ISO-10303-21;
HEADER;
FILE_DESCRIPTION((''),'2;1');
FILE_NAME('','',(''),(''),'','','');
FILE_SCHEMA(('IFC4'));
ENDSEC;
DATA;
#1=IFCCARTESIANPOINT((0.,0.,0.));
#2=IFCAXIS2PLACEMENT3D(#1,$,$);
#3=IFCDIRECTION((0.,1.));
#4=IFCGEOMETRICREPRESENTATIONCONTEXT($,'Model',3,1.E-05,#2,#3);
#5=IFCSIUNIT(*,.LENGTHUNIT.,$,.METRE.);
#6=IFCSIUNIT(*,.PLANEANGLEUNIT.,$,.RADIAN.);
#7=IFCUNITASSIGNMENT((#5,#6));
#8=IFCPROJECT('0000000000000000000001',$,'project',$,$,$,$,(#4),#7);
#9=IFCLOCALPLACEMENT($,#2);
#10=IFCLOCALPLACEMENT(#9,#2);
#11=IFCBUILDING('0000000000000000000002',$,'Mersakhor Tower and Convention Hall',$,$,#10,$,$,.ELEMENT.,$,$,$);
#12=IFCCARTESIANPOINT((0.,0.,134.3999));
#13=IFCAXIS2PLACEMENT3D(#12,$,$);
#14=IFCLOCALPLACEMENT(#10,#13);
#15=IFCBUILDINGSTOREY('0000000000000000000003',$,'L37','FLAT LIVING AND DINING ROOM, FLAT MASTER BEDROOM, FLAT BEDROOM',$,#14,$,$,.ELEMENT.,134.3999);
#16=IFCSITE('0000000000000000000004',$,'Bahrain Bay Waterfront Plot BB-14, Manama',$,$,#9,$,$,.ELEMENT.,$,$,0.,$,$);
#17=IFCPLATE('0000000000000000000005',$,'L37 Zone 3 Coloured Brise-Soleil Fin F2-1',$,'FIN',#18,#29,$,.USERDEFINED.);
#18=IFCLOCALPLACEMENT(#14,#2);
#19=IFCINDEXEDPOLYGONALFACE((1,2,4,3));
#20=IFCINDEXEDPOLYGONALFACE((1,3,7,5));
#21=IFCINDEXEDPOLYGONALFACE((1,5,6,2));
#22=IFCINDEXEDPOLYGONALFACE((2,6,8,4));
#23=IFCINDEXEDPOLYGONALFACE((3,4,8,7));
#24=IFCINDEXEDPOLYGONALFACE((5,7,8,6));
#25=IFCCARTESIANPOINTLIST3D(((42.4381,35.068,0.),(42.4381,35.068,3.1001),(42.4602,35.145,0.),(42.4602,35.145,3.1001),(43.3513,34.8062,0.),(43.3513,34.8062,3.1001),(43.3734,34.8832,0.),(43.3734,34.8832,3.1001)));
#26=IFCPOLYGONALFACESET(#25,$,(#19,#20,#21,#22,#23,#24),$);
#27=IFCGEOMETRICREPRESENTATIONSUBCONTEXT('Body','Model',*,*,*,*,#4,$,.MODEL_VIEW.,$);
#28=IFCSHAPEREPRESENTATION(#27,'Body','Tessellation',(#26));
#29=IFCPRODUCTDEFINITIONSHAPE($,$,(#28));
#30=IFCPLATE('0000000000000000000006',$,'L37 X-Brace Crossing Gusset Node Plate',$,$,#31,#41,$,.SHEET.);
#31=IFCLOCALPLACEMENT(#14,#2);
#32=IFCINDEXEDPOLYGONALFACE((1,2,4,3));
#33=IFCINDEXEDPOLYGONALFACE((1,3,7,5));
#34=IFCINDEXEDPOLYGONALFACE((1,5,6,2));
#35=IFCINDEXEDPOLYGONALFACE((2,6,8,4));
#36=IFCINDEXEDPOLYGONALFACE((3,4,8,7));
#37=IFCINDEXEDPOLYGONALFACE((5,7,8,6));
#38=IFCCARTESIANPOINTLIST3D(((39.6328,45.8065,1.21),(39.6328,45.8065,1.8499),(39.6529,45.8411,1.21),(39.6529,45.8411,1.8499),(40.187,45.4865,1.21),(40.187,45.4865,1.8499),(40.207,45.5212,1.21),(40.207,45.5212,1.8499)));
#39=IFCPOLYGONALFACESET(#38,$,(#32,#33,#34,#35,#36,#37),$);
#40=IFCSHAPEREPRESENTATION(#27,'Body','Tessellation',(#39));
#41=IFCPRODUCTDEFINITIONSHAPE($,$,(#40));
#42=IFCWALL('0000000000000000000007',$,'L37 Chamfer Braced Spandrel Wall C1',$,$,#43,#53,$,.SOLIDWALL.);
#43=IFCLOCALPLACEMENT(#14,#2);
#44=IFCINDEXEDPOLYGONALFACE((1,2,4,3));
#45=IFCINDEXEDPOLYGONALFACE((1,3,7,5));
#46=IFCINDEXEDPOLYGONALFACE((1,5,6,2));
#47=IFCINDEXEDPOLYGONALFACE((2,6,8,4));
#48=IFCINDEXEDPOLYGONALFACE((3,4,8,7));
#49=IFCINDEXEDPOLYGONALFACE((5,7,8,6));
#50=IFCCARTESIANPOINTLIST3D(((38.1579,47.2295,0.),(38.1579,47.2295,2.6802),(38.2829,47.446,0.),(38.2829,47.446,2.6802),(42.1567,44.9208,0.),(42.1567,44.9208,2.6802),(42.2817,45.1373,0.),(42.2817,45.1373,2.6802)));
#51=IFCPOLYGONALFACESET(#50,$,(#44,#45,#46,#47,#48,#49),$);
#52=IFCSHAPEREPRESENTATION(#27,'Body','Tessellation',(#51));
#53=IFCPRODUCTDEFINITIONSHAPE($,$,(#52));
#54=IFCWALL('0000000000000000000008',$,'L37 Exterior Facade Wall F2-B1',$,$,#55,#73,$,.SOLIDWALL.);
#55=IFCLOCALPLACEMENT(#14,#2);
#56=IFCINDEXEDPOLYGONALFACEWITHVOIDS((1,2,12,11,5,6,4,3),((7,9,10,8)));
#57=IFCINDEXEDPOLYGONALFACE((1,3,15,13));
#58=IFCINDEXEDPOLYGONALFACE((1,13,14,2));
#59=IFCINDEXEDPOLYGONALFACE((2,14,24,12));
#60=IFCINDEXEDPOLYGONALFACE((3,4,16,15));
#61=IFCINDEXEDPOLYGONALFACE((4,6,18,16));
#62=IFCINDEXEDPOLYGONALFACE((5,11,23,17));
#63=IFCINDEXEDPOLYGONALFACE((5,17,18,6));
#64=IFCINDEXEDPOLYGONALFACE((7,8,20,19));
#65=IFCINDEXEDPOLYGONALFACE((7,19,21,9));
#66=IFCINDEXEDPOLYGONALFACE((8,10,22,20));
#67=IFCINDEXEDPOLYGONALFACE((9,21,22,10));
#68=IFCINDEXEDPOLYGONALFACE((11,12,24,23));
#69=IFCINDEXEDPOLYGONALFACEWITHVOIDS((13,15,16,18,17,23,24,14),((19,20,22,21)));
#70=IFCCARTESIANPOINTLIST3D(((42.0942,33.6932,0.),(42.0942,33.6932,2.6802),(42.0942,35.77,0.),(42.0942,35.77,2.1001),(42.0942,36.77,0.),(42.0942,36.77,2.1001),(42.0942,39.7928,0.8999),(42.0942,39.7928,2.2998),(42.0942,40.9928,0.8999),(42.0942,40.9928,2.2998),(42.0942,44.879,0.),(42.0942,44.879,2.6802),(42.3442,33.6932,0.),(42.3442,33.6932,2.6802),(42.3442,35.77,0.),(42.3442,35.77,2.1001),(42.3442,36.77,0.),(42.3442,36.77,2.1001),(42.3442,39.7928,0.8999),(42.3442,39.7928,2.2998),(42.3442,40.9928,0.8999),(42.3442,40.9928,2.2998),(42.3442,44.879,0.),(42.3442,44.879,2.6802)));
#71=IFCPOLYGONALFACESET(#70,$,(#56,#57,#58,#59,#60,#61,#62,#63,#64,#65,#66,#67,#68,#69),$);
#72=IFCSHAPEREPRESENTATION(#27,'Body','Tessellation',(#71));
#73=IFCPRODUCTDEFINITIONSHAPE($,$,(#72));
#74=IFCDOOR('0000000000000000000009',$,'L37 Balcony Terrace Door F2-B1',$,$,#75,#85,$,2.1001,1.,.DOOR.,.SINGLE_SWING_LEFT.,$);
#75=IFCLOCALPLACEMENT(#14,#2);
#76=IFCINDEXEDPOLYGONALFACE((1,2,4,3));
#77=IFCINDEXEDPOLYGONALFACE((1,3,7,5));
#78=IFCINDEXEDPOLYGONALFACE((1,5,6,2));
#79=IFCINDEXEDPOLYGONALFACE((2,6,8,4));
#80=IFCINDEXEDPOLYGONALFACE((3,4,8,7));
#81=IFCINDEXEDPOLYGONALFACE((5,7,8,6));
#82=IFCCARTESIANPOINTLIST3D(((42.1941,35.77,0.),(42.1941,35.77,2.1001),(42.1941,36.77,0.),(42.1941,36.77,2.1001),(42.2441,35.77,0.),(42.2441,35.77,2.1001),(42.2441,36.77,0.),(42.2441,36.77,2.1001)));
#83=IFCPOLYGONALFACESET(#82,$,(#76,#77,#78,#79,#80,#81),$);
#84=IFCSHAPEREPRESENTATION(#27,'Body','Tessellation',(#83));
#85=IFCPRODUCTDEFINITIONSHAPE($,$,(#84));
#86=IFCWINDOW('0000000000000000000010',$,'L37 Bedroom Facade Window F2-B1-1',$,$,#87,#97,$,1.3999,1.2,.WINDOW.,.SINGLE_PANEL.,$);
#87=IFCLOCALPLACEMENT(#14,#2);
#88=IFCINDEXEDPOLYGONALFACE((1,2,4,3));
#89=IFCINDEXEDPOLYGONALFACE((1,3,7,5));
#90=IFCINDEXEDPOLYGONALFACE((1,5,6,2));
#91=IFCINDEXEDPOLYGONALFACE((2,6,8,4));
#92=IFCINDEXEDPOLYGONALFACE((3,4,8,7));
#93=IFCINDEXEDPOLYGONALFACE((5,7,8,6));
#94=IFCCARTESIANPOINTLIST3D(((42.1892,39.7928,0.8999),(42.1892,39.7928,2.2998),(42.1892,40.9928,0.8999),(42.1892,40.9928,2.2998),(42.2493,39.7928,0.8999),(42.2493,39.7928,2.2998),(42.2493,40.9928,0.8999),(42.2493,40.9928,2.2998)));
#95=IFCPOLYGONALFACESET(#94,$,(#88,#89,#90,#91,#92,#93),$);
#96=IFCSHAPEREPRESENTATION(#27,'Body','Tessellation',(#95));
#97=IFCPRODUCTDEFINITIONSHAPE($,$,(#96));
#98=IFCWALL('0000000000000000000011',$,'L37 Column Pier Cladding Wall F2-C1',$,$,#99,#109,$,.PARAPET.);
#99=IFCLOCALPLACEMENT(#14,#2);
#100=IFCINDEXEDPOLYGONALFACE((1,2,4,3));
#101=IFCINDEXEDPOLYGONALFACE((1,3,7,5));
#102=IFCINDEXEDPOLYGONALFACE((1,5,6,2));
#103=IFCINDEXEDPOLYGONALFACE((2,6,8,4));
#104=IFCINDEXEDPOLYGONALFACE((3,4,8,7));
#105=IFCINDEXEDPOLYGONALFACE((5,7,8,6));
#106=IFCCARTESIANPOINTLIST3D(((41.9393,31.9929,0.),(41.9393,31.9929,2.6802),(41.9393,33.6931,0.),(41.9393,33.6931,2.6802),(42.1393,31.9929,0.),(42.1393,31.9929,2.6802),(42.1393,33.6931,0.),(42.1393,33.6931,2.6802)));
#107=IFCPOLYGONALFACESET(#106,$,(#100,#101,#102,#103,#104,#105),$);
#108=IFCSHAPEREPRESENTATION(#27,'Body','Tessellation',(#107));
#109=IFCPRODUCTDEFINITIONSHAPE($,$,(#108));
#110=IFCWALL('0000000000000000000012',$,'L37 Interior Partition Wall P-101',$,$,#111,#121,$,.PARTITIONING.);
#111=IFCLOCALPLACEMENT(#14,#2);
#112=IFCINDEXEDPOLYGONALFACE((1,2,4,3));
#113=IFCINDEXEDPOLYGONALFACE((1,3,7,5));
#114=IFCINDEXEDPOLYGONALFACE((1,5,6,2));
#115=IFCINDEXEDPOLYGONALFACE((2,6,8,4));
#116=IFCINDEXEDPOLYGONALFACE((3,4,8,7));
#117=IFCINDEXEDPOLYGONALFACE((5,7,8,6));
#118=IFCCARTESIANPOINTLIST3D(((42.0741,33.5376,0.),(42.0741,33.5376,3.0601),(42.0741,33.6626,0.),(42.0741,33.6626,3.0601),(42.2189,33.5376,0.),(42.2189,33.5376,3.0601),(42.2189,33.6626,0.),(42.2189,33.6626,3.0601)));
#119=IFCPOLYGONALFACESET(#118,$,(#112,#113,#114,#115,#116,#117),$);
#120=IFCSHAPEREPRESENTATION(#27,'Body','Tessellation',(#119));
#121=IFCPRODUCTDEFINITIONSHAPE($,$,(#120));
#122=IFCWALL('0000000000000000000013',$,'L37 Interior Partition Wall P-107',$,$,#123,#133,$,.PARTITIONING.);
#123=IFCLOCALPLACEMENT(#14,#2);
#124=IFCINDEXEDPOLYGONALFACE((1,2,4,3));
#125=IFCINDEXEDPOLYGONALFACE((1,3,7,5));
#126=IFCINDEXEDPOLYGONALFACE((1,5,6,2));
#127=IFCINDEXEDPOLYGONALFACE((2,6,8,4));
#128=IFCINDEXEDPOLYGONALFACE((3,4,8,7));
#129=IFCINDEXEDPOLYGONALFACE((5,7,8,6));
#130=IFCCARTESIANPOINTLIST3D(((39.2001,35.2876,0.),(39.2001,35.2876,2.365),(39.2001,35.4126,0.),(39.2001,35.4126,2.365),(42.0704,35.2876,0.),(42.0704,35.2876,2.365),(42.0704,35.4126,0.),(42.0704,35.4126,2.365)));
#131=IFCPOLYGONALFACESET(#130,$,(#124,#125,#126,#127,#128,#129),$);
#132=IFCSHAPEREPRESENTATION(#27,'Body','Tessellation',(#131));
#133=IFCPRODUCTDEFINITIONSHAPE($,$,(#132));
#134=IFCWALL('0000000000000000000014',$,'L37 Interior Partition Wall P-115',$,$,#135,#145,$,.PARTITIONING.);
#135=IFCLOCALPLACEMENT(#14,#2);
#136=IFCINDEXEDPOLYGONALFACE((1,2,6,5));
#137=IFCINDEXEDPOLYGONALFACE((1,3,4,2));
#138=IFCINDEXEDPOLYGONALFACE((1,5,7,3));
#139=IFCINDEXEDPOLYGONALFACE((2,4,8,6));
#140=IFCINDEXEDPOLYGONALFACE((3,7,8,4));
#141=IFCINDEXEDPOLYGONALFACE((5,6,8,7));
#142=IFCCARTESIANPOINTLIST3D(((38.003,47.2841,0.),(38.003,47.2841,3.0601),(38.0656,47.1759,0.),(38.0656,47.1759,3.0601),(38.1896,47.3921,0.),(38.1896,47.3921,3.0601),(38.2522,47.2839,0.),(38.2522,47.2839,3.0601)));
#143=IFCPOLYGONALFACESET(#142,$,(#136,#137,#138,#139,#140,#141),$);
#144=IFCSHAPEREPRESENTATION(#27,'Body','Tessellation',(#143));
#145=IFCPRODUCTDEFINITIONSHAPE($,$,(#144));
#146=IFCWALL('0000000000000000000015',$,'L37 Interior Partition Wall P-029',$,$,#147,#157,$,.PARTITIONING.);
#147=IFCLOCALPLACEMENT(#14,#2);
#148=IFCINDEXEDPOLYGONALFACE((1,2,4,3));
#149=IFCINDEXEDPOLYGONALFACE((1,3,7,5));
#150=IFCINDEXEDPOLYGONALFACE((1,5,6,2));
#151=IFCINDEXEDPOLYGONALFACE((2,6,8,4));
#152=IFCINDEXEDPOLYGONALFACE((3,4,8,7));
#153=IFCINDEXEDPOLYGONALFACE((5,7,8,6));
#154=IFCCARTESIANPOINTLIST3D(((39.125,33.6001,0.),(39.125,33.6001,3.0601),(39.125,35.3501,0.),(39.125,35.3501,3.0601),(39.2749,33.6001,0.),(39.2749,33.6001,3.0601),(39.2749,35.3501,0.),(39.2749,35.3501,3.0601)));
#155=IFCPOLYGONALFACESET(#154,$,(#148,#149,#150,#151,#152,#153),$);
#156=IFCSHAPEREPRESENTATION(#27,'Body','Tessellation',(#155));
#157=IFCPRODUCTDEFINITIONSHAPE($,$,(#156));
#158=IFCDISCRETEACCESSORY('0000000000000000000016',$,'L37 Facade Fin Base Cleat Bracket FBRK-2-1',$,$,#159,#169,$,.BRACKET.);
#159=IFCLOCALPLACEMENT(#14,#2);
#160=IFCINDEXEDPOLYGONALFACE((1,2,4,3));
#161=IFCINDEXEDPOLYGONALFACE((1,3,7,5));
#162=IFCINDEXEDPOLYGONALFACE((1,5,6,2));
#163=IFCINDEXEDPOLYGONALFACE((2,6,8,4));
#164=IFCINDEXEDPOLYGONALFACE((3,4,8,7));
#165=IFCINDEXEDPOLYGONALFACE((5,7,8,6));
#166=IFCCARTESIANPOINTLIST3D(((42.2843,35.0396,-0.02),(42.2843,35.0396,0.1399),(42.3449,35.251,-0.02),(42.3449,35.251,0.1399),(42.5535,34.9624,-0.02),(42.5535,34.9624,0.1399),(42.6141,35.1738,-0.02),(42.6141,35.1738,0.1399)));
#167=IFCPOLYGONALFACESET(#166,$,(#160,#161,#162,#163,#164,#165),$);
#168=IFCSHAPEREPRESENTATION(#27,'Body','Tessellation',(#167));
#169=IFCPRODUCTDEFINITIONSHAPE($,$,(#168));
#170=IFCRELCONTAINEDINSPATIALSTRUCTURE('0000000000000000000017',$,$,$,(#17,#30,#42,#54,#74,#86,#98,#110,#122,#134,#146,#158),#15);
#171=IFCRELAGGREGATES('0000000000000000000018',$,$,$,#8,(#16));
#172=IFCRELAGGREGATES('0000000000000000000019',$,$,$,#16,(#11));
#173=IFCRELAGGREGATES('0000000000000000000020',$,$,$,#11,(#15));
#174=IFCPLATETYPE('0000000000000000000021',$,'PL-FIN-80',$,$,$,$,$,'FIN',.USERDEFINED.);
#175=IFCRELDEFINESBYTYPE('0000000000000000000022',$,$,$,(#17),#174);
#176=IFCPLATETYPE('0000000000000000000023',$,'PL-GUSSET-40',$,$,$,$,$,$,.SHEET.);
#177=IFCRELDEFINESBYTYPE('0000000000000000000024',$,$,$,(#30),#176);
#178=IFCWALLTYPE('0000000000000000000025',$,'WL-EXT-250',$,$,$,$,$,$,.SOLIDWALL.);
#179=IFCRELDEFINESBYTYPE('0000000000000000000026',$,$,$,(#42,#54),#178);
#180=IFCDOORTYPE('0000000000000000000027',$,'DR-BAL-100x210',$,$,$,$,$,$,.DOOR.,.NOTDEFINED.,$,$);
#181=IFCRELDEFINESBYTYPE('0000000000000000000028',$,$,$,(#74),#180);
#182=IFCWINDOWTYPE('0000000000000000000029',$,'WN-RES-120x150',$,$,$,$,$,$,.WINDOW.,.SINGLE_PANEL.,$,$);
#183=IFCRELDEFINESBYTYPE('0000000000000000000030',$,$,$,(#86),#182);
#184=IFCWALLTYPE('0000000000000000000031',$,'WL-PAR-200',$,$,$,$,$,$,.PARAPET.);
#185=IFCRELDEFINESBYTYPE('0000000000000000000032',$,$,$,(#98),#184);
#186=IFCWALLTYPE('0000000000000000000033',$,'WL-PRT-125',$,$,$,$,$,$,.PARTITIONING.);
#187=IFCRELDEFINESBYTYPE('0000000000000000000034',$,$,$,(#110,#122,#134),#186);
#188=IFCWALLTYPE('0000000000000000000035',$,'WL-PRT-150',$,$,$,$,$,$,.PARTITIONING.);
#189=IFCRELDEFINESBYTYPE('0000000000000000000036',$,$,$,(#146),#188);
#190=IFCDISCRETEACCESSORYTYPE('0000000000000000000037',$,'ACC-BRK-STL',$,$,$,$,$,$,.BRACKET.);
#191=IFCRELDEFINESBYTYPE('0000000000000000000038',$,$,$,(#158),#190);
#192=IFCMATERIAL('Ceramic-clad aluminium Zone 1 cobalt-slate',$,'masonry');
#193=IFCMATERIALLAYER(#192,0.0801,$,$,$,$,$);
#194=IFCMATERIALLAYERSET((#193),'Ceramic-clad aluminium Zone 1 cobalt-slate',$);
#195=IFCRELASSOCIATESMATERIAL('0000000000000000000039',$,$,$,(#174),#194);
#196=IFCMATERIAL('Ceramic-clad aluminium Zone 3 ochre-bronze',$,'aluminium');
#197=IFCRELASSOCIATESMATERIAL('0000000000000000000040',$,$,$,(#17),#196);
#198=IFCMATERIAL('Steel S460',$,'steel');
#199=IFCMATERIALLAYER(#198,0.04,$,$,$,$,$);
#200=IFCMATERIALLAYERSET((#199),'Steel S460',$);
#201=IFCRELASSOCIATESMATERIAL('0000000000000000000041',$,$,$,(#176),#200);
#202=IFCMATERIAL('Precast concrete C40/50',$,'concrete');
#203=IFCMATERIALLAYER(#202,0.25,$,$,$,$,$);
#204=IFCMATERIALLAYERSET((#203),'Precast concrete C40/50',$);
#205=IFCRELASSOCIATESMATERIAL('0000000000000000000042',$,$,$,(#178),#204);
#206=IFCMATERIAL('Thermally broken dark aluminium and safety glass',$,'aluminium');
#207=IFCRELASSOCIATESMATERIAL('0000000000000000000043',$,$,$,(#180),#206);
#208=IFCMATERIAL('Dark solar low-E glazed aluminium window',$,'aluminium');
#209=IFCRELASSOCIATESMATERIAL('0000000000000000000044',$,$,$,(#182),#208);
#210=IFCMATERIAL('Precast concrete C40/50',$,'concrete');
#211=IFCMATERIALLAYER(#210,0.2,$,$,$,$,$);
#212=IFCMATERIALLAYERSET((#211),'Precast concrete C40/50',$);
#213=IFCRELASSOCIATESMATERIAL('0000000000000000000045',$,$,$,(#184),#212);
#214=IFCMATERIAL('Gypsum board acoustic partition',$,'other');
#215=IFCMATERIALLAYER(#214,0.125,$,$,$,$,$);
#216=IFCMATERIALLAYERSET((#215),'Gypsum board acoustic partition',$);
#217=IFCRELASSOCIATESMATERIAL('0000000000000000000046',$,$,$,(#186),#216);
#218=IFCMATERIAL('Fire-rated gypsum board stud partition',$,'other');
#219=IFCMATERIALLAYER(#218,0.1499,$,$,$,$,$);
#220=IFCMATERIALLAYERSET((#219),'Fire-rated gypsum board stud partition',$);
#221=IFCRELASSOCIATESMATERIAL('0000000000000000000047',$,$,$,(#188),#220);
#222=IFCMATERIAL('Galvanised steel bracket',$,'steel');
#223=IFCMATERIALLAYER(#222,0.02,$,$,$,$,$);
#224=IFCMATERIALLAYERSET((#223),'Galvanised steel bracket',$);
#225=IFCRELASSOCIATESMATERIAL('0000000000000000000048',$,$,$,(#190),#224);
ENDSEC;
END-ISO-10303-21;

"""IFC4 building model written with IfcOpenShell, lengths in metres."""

from ifc_helpers import new_model, si_unit, direction, frame, frame_2d, origin, origin_2d, place, context, subcontext, project, spatial, rectangle, extrude, material, layer, layer_set, type_object, element, fill, save


model = new_model("IFC4")

# Units and contexts
model_context = context("Model", 3, precision=1e-05, world=origin(), true_north=direction((0.0, 1.0)))
body_context = subcontext(model_context, "Body", "Model", "MODEL_VIEW")
ifc_project = project(units=[si_unit("LENGTHUNIT", "METRE"), si_unit("PLANEANGLEUNIT", "RADIAN")], contexts=[model_context])

# Site, building, storey
site_placement = place(None, origin())
site = spatial("IfcSite", under=ifc_project, at=site_placement, Name="Bahrain Bay Waterfront Plot BB-14, Manama", CompositionType="ELEMENT", RefElevation=0.0)
building_placement = place(site_placement, origin())
building = spatial("IfcBuilding", under=site, at=building_placement, Name="Mersakhor Tower and Convention Hall", CompositionType="ELEMENT")
storey_placement = place(building_placement, frame((0.0, 0.0, 134.3999)))
storey = spatial("IfcBuildingStorey", under=building, at=storey_placement, Name="L37", Description="FLAT LIVING AND DINING ROOM, FLAT MASTER BEDROOM, FLAT BEDROOM", CompositionType="ELEMENT", Elevation=134.3999)

# Plates
ifc_material_1 = material(Name="Ceramic-clad aluminium Zone 3 ochre-bronze", Category="aluminium")
ifc_material_2 = material(Name="Ceramic-clad aluminium Zone 1 cobalt-slate", Category="masonry")
ifc_layer_1 = layer(ifc_material_2, 0.0801)
ifc_layer_set_1 = layer_set([ifc_layer_1], Name="Ceramic-clad aluminium Zone 1 cobalt-slate")
plate_type_1 = type_object("IfcPlateType", Name="PL-FIN-80", ElementType="FIN", PredefinedType="USERDEFINED", material=ifc_layer_set_1)
plate_1_placement = place(storey_placement, frame((42.9058, 34.9756, 0.0), z_axis=(0.0, 0.0, 1.0), x_axis=(0.961262, -0.275637, 0.0)))
element("IfcPlate", 1, at=plate_1_placement, inside=storey, type_object=plate_type_1, material=ifc_material_1, Name="L37 Zone 3 Coloured Brise-Soleil Fin F2-1", ObjectType="FIN", PredefinedType="USERDEFINED", context=body_context, shape_type="SweptSolid", body=[
    extrude(rectangle(XDim=0.95, YDim=0.0801, at=origin_2d()), origin(), (0.0, 0.0, 1.0), 3.1001),
])
ifc_material_3 = material(Name="Steel S460", Category="steel")
ifc_layer_2 = layer(ifc_material_3, 0.04)
ifc_layer_set_2 = layer_set([ifc_layer_2], Name="Steel S460")
plate_type_2 = type_object("IfcPlateType", Name="PL-GUSSET-40", PredefinedType="SHEET", material=ifc_layer_set_2)
plate_2_placement = place(storey_placement, frame((39.9199, 45.6638, 1.21), z_axis=(0.0, 0.0, 1.0), x_axis=(-0.866025, 0.5, 0.0)))
element("IfcPlate", 2, at=plate_2_placement, inside=storey, type_object=plate_type_2, Name="L37 X-Brace Crossing Gusset Node Plate", PredefinedType="SHEET", context=body_context, shape_type="SweptSolid", body=[
    extrude(rectangle(XDim=0.6399, YDim=0.04, at=origin_2d()), origin(), (0.0, 0.0, 1.0), 0.6399),
])

# Wall
ifc_material_4 = material(Name="Precast concrete C40/50", Category="concrete")
ifc_layer_3 = layer(ifc_material_4, 0.25)
ifc_layer_set_3 = layer_set([ifc_layer_3], Name="Precast concrete C40/50")
wall_type_1 = type_object("IfcWallType", Name="WL-EXT-250", PredefinedType="SOLIDWALL", material=ifc_layer_set_3)
wall_1_placement = place(storey_placement, frame((38.2205, 47.3376, 0.0), z_axis=(0.0, 0.0, 1.0), x_axis=(0.866035, -0.499983, 0.0)))
element("IfcWall", 3, at=wall_1_placement, inside=storey, type_object=wall_type_1, Name="L37 Chamfer Braced Spandrel Wall C1", PredefinedType="SOLIDWALL", context=body_context, shape_type="SweptSolid", body=[
    extrude(rectangle(XDim=4.6174, YDim=0.25, at=frame_2d((2.3086, 0.0))), origin(), (0.0, 0.0, 1.0), 2.6802),
])

# Wall, openings, door, window
wall_2_placement = place(storey_placement, frame((42.2192, 44.8789, 0.0), z_axis=(0.0, 0.0, 1.0), x_axis=(0.0, -1.0, 0.0)))
wall_2 = element("IfcWall", 4, at=wall_2_placement, inside=storey, type_object=wall_type_1, Name="L37 Exterior Facade Wall F2-B1", PredefinedType="SOLIDWALL", context=body_context, shape_type="SweptSolid", body=[
    extrude(rectangle(XDim=11.1858, YDim=0.25, at=frame_2d((5.5928, 0.0))), origin(), (0.0, 0.0, 1.0), 2.6802),
])
opening_1_placement = place(wall_2_placement, frame((8.1089, 0.0, 0.0)))
opening_1 = element("IfcOpeningElement", 5, at=opening_1_placement, cuts=wall_2, PredefinedType="OPENING", context=body_context, shape_type="SweptSolid", body=[
    extrude(rectangle(XDim=1.0, YDim=2.1001, at=frame_2d((0.5, 1.05))), frame((0.0, 0.135, 0.0), z_axis=(0.0, -1.0, 0.0), x_axis=(1.0, 0.0, 0.0)), (0.0, 0.0, 1.0), 0.27),
])
opening_2_placement = place(wall_2_placement, frame((3.886, 0.0, 0.8999)))
opening_2 = element("IfcOpeningElement", 6, at=opening_2_placement, cuts=wall_2, PredefinedType="OPENING", context=body_context, shape_type="SweptSolid", body=[
    extrude(rectangle(XDim=1.2, YDim=1.3999, at=frame_2d((0.6001, 0.7))), frame((0.0, 0.135, 0.0), z_axis=(0.0, -1.0, 0.0), x_axis=(1.0, 0.0, 0.0)), (0.0, 0.0, 1.0), 0.27),
])
ifc_material_5 = material(Name="Thermally broken dark aluminium and safety glass", Category="aluminium")
door_type = type_object("IfcDoorType", Name="DR-BAL-100x210", OperationType="NOTDEFINED", PredefinedType="DOOR", material=ifc_material_5)
door_placement = place(opening_1_placement, origin())
door = element("IfcDoor", 7, at=door_placement, inside=storey, type_object=door_type, Name="L37 Balcony Terrace Door F2-B1", OperationType="SINGLE_SWING_LEFT", OverallHeight=2.1001, OverallWidth=1.0, PredefinedType="DOOR", context=body_context, shape_type="SweptSolid", body=[
    extrude(rectangle(XDim=1.0, YDim=2.1001, at=frame_2d((0.5, 1.05))), frame((0.0, 0.0249, 0.0), z_axis=(0.0, -1.0, 0.0), x_axis=(1.0, 0.0, 0.0)), (0.0, 0.0, 1.0), 0.05),
])
fill(opening_1, door)
ifc_material_6 = material(Name="Dark solar low-E glazed aluminium window", Category="aluminium")
window_type = type_object("IfcWindowType", Name="WN-RES-120x150", PartitioningType="SINGLE_PANEL", PredefinedType="WINDOW", material=ifc_material_6)
window_placement = place(opening_2_placement, origin())
window = element("IfcWindow", 8, at=window_placement, inside=storey, type_object=window_type, Name="L37 Bedroom Facade Window F2-B1-1", OverallHeight=1.3999, OverallWidth=1.2, PartitioningType="SINGLE_PANEL", PredefinedType="WINDOW", context=body_context, shape_type="SweptSolid", body=[
    extrude(rectangle(XDim=1.2, YDim=1.3999, at=frame_2d((0.6001, 0.7))), frame((0.0, 0.03, 0.0), z_axis=(0.0, -1.0, 0.0), x_axis=(1.0, 0.0, 0.0)), (0.0, 0.0, 1.0), 0.0601),
])
fill(opening_2, window)

# Walls
ifc_material_7 = material(Name="Precast concrete C40/50", Category="concrete")
ifc_layer_4 = layer(ifc_material_7, 0.2)
ifc_layer_set_4 = layer_set([ifc_layer_4], Name="Precast concrete C40/50")
wall_type_2 = type_object("IfcWallType", Name="WL-PAR-200", PredefinedType="PARAPET", material=ifc_layer_set_4)
wall_3_placement = place(storey_placement, frame((42.0393, 33.6931, 0.0), z_axis=(0.0, 0.0, 1.0), x_axis=(0.0, -1.0, 0.0)))
element("IfcWall", 9, at=wall_3_placement, inside=storey, type_object=wall_type_2, Name="L37 Column Pier Cladding Wall F2-C1", PredefinedType="PARAPET", context=body_context, shape_type="SweptSolid", body=[
    extrude(rectangle(XDim=1.7002, YDim=0.2, at=frame_2d((0.8501, 0.0))), origin(), (0.0, 0.0, 1.0), 2.6802),
])
ifc_material_8 = material(Name="Gypsum board acoustic partition", Category="other")
ifc_layer_5 = layer(ifc_material_8, 0.125)
ifc_layer_set_5 = layer_set([ifc_layer_5], Name="Gypsum board acoustic partition")
wall_type_3 = type_object("IfcWallType", Name="WL-PRT-125", PredefinedType="PARTITIONING", material=ifc_layer_set_5)
wall_4_placement = place(storey_placement, frame((42.0742, 33.6001, 0.0), z_axis=(0.0, 0.0, 1.0), x_axis=(1.0, 0.0, 0.0)))
element("IfcWall", 10, at=wall_4_placement, inside=storey, type_object=wall_type_3, Name="L37 Interior Partition Wall P-101", PredefinedType="PARTITIONING", context=body_context, shape_type="SweptSolid", body=[
    extrude(rectangle(XDim=0.1448, YDim=0.125, at=frame_2d((0.0723, 0.0))), origin(), (0.0, 0.0, 1.0), 3.0601),
])
wall_5_placement = place(storey_placement, frame((42.0703, 35.3501, 0.0), z_axis=(0.0, 0.0, 1.0), x_axis=(-1.0, 0.0, 0.0)))
element("IfcWall", 11, at=wall_5_placement, inside=storey, type_object=wall_type_3, Name="L37 Interior Partition Wall P-107", PredefinedType="PARTITIONING", context=body_context, shape_type="SweptSolid", body=[
    extrude(rectangle(XDim=2.8704, YDim=0.125, at=frame_2d((1.4351, 0.0))), origin(), (0.0, 0.0, 1.0), 2.365),
])
wall_6_placement = place(storey_placement, frame((38.0342, 47.23, 0.0), z_axis=(0.0, 0.0, 1.0), x_axis=(0.865581, 0.500768, 0.0)))
element("IfcWall", 12, at=wall_6_placement, inside=storey, type_object=wall_type_3, Name="L37 Interior Partition Wall P-115", PredefinedType="PARTITIONING", context=body_context, shape_type="SweptSolid", body=[
    extrude(rectangle(XDim=0.2156, YDim=0.125, at=frame_2d((0.1079, 0.0))), origin(), (0.0, 0.0, 1.0), 3.0601),
])
ifc_material_9 = material(Name="Fire-rated gypsum board stud partition", Category="other")
ifc_layer_6 = layer(ifc_material_9, 0.1499)
ifc_layer_set_6 = layer_set([ifc_layer_6], Name="Fire-rated gypsum board stud partition")
wall_type_4 = type_object("IfcWallType", Name="WL-PRT-150", PredefinedType="PARTITIONING", material=ifc_layer_set_6)
wall_7_placement = place(storey_placement, frame((39.2, 35.3501, 0.0), z_axis=(0.0, 0.0, 1.0), x_axis=(0.0, -1.0, 0.0)))
element("IfcWall", 13, at=wall_7_placement, inside=storey, type_object=wall_type_4, Name="L37 Interior Partition Wall P-029", PredefinedType="PARTITIONING", context=body_context, shape_type="SweptSolid", body=[
    extrude(rectangle(XDim=1.75, YDim=0.1499, at=frame_2d((0.875, 0.0))), origin(), (0.0, 0.0, 1.0), 3.0601),
])

# Discrete accessory
ifc_material_10 = material(Name="Galvanised steel bracket", Category="steel")
ifc_layer_7 = layer(ifc_material_10, 0.02)
ifc_layer_set_7 = layer_set([ifc_layer_7], Name="Galvanised steel bracket")
discrete_accessory_type = type_object("IfcDiscreteAccessoryType", Name="ACC-BRK-STL", PredefinedType="BRACKET", material=ifc_layer_set_7)
discrete_accessory_placement = place(storey_placement, frame((42.4492, 35.1067, -0.02), z_axis=(0.0, 0.0, 1.0), x_axis=(0.961262, -0.275637, 0.0)))
element("IfcDiscreteAccessory", 14, at=discrete_accessory_placement, inside=storey, type_object=discrete_accessory_type, Name="L37 Facade Fin Base Cleat Bracket FBRK-2-1", PredefinedType="BRACKET", context=body_context, shape_type="SweptSolid", body=[
    extrude(rectangle(XDim=0.28, YDim=0.22, at=origin_2d()), origin(), (0.0, 0.0, 1.0), 0.1599),
])

save(model, "model.ifc")
